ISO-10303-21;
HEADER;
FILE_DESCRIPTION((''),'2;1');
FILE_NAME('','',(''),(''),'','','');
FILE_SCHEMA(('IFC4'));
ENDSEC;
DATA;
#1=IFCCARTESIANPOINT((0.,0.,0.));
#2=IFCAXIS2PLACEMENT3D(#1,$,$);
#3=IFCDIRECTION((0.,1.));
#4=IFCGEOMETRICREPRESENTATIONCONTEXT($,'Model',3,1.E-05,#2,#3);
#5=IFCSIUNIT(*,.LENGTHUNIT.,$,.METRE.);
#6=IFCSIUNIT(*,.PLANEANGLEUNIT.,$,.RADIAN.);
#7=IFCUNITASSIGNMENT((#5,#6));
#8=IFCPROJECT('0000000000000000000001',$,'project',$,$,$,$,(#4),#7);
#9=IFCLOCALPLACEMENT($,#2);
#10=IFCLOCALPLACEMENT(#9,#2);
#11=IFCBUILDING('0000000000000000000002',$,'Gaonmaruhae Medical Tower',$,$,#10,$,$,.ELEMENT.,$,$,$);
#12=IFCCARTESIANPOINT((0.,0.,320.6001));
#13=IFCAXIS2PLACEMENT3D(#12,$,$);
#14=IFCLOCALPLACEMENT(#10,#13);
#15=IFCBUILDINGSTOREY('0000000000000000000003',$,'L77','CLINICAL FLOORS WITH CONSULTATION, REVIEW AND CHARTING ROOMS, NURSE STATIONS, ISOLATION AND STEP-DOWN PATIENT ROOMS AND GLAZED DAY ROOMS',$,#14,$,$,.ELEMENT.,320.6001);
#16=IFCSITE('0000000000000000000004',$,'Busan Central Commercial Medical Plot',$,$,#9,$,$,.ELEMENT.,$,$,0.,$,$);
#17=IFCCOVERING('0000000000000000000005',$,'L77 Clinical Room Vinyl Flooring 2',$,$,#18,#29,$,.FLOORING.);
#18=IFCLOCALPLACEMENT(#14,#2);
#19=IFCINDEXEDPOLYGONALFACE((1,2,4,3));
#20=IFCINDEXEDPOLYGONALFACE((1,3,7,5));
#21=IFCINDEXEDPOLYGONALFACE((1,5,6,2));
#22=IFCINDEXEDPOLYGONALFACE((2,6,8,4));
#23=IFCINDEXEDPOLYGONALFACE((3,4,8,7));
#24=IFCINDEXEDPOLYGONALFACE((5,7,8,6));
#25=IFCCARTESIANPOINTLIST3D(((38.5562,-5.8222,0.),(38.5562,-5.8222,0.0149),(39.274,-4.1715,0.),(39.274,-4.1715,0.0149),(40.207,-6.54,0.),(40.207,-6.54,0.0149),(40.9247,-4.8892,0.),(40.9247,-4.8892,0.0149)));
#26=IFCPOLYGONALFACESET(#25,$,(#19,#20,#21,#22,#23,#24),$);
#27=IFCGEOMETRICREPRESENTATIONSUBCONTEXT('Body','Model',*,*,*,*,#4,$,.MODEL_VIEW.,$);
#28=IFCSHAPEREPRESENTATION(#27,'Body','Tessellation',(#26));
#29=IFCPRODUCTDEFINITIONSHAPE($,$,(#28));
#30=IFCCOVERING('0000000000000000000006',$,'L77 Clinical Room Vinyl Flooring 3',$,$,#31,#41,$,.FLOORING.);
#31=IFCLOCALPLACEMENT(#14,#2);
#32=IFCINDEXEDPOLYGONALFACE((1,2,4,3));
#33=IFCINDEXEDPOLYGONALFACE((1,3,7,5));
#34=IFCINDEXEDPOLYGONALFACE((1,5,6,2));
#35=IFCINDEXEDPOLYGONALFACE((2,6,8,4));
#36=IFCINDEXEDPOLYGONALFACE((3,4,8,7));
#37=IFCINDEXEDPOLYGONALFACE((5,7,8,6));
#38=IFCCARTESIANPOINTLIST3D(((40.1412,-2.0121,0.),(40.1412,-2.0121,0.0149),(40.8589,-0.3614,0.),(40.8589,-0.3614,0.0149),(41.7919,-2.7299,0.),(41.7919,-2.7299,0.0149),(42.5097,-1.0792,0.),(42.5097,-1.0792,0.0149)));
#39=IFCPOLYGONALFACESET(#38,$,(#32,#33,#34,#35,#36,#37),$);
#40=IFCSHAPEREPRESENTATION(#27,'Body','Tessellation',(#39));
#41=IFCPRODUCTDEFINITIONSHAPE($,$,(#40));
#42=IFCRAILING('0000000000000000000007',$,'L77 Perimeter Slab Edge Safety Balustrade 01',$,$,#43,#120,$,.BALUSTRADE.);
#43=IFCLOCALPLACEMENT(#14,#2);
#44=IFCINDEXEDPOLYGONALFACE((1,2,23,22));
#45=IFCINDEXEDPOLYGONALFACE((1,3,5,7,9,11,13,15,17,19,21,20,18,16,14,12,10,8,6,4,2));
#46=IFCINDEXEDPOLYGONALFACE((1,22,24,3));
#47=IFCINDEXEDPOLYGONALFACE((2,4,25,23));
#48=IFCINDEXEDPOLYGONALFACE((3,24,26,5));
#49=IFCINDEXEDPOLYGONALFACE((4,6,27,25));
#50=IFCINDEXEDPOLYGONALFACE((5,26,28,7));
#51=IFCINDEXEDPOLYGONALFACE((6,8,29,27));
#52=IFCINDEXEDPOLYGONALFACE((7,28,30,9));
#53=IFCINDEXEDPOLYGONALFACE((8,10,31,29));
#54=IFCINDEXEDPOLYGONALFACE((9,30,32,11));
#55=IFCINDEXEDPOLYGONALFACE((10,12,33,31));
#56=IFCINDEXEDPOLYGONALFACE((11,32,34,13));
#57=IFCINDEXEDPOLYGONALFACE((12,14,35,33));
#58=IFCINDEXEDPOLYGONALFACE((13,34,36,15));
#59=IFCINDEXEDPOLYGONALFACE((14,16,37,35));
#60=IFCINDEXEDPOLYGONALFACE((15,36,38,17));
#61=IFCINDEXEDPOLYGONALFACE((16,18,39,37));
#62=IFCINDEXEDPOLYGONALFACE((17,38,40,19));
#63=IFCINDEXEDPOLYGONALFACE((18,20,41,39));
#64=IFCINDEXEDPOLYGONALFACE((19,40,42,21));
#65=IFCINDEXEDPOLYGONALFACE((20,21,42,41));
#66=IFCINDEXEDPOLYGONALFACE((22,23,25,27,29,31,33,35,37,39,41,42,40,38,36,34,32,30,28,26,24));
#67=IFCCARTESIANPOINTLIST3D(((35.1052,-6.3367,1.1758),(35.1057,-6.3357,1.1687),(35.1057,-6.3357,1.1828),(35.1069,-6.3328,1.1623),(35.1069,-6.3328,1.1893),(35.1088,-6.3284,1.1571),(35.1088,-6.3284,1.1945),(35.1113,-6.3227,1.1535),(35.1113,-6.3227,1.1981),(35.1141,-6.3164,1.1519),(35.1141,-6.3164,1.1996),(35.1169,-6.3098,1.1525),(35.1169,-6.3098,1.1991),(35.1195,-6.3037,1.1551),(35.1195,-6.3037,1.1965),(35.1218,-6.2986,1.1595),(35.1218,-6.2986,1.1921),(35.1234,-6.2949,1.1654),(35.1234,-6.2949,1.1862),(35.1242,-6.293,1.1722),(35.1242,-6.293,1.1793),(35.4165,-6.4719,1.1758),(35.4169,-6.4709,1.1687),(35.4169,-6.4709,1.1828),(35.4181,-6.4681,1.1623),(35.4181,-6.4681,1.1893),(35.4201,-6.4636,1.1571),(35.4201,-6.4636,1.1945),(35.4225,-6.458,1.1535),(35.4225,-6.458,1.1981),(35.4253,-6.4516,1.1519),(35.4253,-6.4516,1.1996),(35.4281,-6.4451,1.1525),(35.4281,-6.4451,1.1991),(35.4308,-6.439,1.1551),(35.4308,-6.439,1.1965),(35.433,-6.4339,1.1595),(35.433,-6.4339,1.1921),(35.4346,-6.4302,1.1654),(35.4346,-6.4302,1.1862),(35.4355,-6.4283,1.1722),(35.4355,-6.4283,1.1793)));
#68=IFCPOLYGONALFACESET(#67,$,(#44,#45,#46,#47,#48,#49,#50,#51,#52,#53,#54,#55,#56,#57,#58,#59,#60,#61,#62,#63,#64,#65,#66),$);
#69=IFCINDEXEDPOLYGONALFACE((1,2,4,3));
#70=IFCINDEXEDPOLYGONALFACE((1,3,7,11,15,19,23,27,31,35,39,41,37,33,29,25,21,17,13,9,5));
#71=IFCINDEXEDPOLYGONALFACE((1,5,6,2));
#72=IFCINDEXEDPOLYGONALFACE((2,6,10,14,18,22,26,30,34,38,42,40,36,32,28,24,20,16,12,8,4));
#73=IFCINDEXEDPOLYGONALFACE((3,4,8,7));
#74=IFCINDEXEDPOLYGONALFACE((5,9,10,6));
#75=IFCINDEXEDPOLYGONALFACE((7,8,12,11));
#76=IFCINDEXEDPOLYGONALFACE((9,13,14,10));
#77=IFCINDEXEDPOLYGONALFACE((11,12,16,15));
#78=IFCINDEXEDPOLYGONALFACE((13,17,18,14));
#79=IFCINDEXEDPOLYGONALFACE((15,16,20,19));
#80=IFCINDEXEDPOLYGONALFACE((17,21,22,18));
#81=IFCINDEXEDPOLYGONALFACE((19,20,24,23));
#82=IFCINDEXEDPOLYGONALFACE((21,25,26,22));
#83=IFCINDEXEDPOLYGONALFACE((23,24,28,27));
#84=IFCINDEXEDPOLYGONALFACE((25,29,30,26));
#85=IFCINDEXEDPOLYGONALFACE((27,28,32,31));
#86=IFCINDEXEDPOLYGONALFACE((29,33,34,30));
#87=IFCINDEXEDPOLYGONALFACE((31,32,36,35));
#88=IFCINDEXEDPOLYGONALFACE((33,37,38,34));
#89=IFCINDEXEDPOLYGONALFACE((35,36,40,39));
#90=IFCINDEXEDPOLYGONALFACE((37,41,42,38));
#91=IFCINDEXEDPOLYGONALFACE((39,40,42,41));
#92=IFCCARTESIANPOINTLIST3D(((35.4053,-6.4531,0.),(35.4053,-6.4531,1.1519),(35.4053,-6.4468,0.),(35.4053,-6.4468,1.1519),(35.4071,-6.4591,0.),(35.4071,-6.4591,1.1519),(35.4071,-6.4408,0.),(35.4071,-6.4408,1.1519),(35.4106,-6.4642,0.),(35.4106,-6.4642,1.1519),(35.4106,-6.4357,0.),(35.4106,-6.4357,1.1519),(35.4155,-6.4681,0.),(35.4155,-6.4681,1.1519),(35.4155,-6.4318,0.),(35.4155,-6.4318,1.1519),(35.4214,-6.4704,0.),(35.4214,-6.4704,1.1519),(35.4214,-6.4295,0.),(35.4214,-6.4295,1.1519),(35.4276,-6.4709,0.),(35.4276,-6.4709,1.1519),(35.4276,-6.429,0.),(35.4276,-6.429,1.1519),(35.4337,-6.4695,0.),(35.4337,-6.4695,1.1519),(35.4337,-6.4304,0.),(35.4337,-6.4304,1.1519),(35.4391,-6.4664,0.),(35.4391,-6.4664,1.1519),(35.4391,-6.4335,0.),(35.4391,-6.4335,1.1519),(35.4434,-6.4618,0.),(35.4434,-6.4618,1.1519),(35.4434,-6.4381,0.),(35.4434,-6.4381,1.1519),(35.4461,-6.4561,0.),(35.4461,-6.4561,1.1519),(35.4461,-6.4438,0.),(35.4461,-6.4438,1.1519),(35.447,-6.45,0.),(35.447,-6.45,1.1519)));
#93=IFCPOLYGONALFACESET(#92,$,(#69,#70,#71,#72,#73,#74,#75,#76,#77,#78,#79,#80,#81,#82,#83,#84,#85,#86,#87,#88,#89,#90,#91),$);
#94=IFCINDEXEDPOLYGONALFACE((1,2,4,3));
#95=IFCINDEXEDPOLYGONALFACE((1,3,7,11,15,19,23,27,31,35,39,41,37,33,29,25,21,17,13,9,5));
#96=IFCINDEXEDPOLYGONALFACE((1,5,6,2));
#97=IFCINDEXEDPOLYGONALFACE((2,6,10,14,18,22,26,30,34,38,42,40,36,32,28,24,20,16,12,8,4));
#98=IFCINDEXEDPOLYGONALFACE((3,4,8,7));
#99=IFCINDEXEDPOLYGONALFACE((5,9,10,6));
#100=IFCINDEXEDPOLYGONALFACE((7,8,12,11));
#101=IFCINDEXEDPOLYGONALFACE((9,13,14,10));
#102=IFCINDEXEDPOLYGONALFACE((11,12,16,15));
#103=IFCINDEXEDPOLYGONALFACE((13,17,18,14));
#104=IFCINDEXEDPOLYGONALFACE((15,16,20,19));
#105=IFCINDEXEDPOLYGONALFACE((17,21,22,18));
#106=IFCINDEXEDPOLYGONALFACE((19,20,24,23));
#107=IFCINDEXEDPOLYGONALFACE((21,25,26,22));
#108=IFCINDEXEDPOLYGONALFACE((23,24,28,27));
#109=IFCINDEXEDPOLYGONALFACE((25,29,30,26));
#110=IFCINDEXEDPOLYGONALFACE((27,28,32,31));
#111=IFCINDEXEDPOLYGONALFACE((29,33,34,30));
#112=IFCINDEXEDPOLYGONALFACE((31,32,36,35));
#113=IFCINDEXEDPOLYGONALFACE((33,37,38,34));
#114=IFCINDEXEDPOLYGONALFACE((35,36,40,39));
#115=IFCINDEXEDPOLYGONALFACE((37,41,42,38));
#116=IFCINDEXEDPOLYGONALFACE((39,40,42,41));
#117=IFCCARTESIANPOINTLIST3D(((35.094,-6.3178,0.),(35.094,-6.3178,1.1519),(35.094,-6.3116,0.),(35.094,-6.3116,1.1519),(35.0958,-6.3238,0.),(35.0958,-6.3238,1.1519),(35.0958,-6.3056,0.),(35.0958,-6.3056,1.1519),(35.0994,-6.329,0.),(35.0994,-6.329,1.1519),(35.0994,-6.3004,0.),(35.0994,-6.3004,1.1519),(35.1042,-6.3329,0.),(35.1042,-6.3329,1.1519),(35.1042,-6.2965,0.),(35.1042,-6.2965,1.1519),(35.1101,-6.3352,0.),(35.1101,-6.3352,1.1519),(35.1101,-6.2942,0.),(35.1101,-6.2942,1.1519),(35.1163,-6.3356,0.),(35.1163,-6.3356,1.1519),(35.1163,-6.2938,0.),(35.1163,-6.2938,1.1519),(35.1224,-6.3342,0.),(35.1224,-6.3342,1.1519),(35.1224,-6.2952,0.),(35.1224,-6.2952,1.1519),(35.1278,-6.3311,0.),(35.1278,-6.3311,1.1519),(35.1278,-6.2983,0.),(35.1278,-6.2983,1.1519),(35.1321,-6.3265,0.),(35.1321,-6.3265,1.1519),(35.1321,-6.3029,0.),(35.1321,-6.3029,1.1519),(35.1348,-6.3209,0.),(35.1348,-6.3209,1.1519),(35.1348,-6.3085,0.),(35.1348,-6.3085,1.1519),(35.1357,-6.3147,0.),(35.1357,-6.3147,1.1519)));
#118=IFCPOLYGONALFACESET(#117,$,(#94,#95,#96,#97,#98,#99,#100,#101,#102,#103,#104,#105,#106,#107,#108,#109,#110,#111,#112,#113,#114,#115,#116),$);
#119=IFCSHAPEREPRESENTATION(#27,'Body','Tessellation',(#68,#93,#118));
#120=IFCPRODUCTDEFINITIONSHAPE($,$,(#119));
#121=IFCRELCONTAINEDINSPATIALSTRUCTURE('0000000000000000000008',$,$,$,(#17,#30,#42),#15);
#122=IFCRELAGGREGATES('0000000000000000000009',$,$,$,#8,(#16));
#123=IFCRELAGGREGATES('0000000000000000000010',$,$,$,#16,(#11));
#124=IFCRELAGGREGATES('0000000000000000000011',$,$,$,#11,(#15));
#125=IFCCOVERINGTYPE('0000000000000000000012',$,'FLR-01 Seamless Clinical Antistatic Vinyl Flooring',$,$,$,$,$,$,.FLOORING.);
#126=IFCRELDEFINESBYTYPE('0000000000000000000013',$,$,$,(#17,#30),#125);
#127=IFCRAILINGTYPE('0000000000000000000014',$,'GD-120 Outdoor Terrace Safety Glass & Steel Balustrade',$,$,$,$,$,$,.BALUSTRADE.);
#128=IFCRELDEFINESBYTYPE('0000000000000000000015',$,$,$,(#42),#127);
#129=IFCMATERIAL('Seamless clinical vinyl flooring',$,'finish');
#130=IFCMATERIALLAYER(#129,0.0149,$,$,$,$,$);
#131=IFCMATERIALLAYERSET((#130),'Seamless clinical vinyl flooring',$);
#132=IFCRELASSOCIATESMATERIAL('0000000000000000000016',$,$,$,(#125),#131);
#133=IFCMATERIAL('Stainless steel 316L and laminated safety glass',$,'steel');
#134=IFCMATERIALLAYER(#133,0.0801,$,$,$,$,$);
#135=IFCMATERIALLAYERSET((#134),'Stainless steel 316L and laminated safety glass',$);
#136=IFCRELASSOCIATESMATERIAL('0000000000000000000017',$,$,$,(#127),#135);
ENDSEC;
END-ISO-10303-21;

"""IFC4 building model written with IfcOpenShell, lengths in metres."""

from ifc_helpers import new_model, si_unit, direction, frame, origin, origin_2d, place, context, subcontext, project, spatial, rectangle, circle, extrude, material, layer, layer_set, type_object, element, save


model = new_model("IFC4")

# Units and contexts
model_context = context("Model", 3, precision=1e-05, world=origin(), true_north=direction((0.0, 1.0)))
body_context = subcontext(model_context, "Body", "Model", "MODEL_VIEW")
ifc_project = project(units=[si_unit("LENGTHUNIT", "METRE"), si_unit("PLANEANGLEUNIT", "RADIAN")], contexts=[model_context])

# Site, building, storey
site_placement = place(None, origin())
site = spatial("IfcSite", under=ifc_project, at=site_placement, Name="Busan Central Commercial Medical Plot", CompositionType="ELEMENT", RefElevation=0.0)
building_placement = place(site_placement, origin())
building = spatial("IfcBuilding", under=site, at=building_placement, Name="Gaonmaruhae Medical Tower", CompositionType="ELEMENT")
storey_placement = place(building_placement, frame((0.0, 0.0, 320.6001)))
storey = spatial("IfcBuildingStorey", under=building, at=storey_placement, Name="L77", Description="CLINICAL FLOORS WITH CONSULTATION, REVIEW AND CHARTING ROOMS, NURSE STATIONS, ISOLATION AND STEP-DOWN PATIENT ROOMS AND GLAZED DAY ROOMS", CompositionType="ELEMENT", Elevation=320.6001)

# Coverings
ifc_material_1 = material(Name="Seamless clinical vinyl flooring", Category="finish")
ifc_layer_1 = layer(ifc_material_1, 0.0149)
ifc_layer_set_1 = layer_set([ifc_layer_1], Name="Seamless clinical vinyl flooring")
covering_type_1 = type_object("IfcCoveringType", Name="FLR-01 Seamless Clinical Antistatic Vinyl Flooring", PredefinedType="FLOORING", material=ifc_layer_set_1)
for number, where, z_axis, x_axis, name in (
    (1, (39.7405, -5.3557, 0.0), (0.0, 0.0, 1.0), (0.398749, 0.91706, 0.0), "L77 Clinical Room Vinyl Flooring 2"),
    (2, (41.3254, -1.5457, 0.0), (0.0, 0.0, 1.0), (0.398749, 0.91706, 0.0), "L77 Clinical Room Vinyl Flooring 3"),
):
    element("IfcCovering", number, at=place(storey_placement, frame(where, z_axis=z_axis, x_axis=x_axis)), inside=storey, type_object=covering_type_1, Name=name, PredefinedType="FLOORING", context=body_context, shape_type="SweptSolid", body=[
        extrude(rectangle(XDim=1.8, YDim=1.8, at=origin_2d()), origin(), (0.0, 0.0, 1.0), 0.0149),
    ])

# Railing
ifc_material_2 = material(Name="Stainless steel 316L and laminated safety glass", Category="steel")
ifc_layer_2 = layer(ifc_material_2, 0.0801)
ifc_layer_set_2 = layer_set([ifc_layer_2], Name="Stainless steel 316L and laminated safety glass")
railing_type = type_object("IfcRailingType", Name="GD-120 Outdoor Terrace Safety Glass & Steel Balustrade", PredefinedType="BALUSTRADE", material=ifc_layer_set_2)
railing_placement = place(storey_placement, frame((35.426, -6.45, 0.0)))
element("IfcRailing", 3, at=railing_placement, inside=storey, type_object=railing_type, Name="L77 Perimeter Slab Edge Safety Balustrade 01", PredefinedType="BALUSTRADE", context=body_context, shape_type="SweptSolid", body=[
    extrude(circle(Radius=0.0239, at=origin_2d()), frame((0.0, 0.0, 1.1758), z_axis=(-0.917162, 0.398516, 0.0), x_axis=(-0.398516, -0.917162, 0.0)), (0.0, 0.0, 1.0), 0.3394),
    extrude(circle(Radius=0.021, at=origin_2d()), origin(), (0.0, 0.0, 1.0), 1.1519),
    extrude(circle(Radius=0.021, at=origin_2d()), frame((-0.3113, 0.1353, 0.0)), (0.0, 0.0, 1.0), 1.1519),
])

save(model, "model.ifc")
